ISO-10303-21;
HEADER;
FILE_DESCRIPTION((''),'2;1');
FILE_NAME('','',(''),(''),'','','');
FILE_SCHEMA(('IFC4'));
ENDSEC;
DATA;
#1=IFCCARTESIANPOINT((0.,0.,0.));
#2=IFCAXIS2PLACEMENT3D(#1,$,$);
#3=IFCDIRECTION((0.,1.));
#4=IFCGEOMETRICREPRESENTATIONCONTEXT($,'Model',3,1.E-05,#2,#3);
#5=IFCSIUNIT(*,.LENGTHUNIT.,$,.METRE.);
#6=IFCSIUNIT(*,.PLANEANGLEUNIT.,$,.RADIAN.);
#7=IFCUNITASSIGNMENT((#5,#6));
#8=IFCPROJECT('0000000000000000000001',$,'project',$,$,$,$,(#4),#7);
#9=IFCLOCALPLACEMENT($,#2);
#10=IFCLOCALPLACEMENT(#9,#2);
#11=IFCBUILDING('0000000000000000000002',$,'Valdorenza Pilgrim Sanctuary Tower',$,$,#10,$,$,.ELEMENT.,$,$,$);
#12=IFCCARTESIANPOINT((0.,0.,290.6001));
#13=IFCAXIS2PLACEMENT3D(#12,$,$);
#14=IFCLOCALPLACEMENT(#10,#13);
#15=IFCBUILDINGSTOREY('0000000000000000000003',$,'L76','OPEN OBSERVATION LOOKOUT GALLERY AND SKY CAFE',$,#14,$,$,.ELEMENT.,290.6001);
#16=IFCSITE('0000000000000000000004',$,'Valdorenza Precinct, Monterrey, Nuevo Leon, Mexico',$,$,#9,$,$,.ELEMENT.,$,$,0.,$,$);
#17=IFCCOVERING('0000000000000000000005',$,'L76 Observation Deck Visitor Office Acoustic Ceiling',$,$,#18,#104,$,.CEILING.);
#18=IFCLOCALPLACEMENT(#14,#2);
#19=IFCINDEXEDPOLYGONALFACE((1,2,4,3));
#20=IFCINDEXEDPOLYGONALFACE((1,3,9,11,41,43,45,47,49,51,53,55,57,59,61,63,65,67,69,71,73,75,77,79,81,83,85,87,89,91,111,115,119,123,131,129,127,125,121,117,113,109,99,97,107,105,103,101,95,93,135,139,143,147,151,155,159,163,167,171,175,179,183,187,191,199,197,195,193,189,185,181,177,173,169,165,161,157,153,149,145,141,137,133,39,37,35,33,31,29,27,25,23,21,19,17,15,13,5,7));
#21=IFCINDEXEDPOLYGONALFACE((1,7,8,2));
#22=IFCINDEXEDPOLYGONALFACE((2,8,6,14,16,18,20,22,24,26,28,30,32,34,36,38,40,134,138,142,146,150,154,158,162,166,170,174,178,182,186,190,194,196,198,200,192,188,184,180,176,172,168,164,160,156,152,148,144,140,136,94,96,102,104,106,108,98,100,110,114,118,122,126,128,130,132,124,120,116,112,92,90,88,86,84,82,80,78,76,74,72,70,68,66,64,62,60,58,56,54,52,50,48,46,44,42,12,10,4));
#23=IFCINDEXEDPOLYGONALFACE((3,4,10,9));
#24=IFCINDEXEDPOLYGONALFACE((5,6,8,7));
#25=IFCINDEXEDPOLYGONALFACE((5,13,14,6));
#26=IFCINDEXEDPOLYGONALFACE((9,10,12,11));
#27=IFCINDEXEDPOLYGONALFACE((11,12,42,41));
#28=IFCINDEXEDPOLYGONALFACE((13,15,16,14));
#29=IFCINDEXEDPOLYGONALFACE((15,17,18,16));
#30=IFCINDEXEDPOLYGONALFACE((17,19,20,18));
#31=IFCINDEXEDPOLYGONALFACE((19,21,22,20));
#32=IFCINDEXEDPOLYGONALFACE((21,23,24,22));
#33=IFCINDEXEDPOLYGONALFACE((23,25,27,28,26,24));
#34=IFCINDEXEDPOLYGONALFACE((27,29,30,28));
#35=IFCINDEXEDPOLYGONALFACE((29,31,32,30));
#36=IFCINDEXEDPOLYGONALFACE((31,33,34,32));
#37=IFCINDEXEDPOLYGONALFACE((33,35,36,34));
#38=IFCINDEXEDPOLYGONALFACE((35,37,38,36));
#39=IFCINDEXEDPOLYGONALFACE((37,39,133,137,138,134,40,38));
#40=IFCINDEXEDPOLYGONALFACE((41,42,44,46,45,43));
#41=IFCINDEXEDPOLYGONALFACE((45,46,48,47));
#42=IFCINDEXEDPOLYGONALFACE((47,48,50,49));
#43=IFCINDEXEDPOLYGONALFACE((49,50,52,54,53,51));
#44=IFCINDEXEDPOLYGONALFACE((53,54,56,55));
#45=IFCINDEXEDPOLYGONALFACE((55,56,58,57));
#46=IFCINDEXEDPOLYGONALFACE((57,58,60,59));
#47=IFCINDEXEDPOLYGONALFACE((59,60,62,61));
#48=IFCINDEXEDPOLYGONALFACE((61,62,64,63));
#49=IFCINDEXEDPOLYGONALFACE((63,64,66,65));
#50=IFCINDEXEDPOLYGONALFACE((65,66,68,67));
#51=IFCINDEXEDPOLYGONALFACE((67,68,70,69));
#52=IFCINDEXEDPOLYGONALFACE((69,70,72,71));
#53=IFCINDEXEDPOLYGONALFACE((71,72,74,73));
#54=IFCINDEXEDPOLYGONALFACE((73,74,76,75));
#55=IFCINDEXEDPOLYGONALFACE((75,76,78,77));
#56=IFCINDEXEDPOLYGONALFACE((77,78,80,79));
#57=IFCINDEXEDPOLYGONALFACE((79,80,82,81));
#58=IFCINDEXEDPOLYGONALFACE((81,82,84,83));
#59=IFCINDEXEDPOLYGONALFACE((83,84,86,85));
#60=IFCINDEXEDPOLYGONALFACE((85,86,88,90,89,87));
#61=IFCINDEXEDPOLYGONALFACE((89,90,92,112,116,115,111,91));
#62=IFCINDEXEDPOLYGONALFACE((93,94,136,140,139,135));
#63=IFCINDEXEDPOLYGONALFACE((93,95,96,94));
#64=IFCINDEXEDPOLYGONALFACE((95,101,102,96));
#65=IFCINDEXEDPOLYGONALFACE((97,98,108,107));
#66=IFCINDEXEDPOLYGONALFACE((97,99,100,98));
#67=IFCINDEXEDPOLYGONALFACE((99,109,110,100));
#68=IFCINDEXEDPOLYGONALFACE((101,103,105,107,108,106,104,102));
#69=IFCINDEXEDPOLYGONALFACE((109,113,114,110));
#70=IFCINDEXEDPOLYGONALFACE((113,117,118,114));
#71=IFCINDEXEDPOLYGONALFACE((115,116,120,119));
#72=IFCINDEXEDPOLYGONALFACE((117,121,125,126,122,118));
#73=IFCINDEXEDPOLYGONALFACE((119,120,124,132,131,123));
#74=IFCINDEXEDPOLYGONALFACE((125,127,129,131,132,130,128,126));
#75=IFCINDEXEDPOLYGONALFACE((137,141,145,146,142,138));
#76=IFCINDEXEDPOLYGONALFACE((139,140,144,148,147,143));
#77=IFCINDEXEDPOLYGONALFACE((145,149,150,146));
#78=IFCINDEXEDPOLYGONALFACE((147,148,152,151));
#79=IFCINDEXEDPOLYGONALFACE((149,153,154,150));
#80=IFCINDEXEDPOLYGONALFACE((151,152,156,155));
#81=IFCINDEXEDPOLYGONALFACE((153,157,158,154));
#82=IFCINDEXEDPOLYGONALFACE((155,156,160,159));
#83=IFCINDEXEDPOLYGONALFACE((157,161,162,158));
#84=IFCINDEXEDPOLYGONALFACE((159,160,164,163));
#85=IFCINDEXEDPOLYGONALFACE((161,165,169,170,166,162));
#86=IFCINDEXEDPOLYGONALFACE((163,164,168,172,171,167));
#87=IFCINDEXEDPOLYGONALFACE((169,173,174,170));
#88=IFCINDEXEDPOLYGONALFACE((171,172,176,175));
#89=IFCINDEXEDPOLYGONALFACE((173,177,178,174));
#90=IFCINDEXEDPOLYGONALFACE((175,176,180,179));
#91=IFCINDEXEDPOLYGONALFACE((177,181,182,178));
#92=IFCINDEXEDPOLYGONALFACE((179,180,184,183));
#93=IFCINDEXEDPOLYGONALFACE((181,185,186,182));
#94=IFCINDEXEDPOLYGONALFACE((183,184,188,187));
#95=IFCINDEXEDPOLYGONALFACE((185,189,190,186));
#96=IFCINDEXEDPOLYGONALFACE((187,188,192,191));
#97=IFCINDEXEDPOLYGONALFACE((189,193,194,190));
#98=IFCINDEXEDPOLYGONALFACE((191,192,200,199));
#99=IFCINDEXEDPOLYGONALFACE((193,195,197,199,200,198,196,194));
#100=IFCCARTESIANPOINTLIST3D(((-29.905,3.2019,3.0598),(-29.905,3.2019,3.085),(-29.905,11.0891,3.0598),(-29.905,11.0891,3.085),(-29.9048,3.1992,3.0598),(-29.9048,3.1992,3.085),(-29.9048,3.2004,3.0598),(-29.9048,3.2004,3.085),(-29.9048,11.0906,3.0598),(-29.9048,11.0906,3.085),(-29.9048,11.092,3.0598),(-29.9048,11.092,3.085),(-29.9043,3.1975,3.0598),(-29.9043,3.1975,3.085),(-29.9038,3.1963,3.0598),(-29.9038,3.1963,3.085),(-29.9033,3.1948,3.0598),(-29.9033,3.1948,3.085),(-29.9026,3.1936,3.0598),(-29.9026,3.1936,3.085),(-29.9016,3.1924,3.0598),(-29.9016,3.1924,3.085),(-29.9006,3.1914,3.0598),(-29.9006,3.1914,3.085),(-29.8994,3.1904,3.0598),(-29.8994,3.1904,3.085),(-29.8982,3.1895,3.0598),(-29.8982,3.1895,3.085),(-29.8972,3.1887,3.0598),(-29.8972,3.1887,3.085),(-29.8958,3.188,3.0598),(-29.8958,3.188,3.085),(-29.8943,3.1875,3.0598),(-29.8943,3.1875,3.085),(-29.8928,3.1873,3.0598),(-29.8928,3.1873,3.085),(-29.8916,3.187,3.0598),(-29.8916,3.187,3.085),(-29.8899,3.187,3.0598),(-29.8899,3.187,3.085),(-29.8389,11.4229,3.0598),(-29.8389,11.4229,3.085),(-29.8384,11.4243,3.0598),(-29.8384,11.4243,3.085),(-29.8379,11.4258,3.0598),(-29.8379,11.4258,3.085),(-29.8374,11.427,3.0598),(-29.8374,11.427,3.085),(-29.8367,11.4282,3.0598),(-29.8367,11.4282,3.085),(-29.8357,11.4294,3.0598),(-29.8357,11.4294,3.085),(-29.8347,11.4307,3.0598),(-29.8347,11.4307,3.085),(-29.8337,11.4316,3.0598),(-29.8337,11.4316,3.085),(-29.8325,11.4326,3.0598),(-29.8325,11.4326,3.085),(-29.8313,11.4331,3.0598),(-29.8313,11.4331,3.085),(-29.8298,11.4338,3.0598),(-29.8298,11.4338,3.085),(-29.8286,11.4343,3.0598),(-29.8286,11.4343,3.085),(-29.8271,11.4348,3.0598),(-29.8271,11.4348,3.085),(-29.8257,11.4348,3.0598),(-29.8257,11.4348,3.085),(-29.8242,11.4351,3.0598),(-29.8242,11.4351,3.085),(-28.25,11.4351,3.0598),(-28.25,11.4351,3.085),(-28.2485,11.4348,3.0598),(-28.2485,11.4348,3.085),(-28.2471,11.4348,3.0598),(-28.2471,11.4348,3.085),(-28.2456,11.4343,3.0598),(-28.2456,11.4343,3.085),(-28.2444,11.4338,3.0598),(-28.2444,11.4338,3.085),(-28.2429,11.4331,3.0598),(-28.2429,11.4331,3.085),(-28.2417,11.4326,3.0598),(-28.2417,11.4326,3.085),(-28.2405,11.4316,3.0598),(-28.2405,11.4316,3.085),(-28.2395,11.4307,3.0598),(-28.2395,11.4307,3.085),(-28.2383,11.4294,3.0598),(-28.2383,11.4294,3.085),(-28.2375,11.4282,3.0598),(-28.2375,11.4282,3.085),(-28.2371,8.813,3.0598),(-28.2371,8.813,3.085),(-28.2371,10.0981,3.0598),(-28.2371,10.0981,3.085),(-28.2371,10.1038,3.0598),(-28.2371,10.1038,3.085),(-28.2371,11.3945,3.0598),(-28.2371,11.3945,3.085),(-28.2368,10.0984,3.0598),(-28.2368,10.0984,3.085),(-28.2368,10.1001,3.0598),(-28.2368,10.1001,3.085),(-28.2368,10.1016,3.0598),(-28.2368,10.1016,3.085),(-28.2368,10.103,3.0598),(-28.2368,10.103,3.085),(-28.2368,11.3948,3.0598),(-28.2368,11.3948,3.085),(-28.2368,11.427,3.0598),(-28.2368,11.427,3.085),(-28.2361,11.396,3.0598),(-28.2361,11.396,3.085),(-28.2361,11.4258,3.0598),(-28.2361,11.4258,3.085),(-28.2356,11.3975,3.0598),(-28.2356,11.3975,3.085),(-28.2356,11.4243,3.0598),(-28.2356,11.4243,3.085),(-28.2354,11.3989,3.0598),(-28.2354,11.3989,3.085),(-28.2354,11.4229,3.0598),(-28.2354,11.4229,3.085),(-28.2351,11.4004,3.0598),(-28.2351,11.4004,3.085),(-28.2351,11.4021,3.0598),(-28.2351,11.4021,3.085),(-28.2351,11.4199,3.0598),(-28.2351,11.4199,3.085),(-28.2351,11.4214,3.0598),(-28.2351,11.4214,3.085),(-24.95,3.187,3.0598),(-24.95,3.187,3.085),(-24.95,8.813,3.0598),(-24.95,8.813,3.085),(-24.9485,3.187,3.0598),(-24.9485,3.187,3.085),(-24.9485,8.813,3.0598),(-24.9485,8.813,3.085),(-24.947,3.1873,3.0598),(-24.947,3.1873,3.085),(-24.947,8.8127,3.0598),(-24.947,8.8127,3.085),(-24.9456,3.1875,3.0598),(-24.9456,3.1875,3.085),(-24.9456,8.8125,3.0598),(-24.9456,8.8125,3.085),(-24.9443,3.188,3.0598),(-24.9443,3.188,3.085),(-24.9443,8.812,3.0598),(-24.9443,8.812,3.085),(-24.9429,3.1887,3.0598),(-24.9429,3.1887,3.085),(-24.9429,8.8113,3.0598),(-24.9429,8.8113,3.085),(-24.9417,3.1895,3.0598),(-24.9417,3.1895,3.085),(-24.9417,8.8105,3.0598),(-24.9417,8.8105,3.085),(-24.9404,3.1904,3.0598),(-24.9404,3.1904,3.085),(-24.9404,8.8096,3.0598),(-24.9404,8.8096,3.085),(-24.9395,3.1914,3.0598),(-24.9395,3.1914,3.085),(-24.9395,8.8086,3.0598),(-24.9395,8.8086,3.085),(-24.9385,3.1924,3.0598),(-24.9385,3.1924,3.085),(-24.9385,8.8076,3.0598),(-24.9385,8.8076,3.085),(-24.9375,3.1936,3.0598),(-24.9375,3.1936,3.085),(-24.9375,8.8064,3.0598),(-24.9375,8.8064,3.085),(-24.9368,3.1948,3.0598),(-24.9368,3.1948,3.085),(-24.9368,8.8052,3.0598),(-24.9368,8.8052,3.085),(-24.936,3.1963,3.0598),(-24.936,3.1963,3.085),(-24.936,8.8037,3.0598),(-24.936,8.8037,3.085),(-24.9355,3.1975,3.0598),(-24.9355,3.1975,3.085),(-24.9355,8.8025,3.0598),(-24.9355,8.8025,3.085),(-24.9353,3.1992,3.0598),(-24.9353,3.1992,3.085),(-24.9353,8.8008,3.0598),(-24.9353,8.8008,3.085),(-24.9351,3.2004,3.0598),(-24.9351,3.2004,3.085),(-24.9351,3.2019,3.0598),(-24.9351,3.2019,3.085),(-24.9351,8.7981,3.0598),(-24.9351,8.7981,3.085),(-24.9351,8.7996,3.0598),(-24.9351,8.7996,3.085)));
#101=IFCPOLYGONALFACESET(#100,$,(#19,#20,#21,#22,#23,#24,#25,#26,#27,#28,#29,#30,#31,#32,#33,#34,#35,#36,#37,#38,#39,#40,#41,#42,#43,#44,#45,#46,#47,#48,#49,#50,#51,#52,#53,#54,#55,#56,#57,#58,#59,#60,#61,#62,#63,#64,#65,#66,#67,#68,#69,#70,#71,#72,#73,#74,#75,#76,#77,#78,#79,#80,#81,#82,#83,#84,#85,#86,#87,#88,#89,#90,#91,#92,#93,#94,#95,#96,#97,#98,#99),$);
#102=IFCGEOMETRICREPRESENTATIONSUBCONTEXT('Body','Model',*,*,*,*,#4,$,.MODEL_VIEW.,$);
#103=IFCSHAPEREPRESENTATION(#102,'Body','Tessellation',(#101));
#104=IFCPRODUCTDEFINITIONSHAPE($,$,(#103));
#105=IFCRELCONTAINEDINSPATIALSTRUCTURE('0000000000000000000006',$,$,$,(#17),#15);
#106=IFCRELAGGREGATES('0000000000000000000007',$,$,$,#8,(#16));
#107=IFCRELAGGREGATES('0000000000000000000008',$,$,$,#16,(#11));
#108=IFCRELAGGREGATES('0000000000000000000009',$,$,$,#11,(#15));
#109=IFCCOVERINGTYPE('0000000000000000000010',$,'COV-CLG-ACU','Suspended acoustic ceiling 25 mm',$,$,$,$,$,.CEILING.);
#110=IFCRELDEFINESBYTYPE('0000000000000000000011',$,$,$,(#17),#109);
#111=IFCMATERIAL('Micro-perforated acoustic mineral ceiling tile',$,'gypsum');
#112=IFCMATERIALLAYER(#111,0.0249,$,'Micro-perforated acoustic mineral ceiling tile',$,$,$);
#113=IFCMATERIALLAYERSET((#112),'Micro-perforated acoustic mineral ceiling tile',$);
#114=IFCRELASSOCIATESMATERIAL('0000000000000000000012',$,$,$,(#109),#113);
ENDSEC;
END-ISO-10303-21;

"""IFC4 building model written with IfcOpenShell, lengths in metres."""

from ifc_helpers import new_model, si_unit, direction, frame, origin, place, context, subcontext, project, spatial, polyline, outline, extrude, material, layer, layer_set, type_object, element, save


model = new_model("IFC4")

# Units and contexts
model_context = context("Model", 3, precision=1e-05, world=origin(), true_north=direction((0.0, 1.0)))
body_context = subcontext(model_context, "Body", "Model", "MODEL_VIEW")
ifc_project = project(units=[si_unit("LENGTHUNIT", "METRE"), si_unit("PLANEANGLEUNIT", "RADIAN")], contexts=[model_context])

# Site, building, storey
site_placement = place(None, origin())
site = spatial("IfcSite", under=ifc_project, at=site_placement, Name="Valdorenza Precinct, Monterrey, Nuevo Leon, Mexico", CompositionType="ELEMENT", RefElevation=0.0)
building_placement = place(site_placement, origin())
building = spatial("IfcBuilding", under=site, at=building_placement, Name="Valdorenza Pilgrim Sanctuary Tower", CompositionType="ELEMENT")
storey_placement = place(building_placement, frame((0.0, 0.0, 290.6001)))
storey = spatial("IfcBuildingStorey", under=building, at=storey_placement, Name="L76", Description="OPEN OBSERVATION LOOKOUT GALLERY AND SKY CAFE", CompositionType="ELEMENT", Elevation=290.6001)

# Covering
ifc_material_1 = material(Name="Micro-perforated acoustic mineral ceiling tile", Category="gypsum")
ifc_layer_1 = layer(ifc_material_1, 0.0249, Name="Micro-perforated acoustic mineral ceiling tile")
ifc_layer_set_1 = layer_set([ifc_layer_1], Name="Micro-perforated acoustic mineral ceiling tile")
covering_type_1 = type_object("IfcCoveringType", Name="COV-CLG-ACU", Description="Suspended acoustic ceiling 25 mm", PredefinedType="CEILING", material=ifc_layer_set_1)
covering_1_placement = place(storey_placement, frame((0.0, 0.0, 3.0598)))
element("IfcCovering", 1, at=covering_1_placement, inside=storey, type_object=covering_type_1, Name="L76 Observation Deck Visitor Office Acoustic Ceiling", PredefinedType="CEILING", context=body_context, shape_type="SweptSolid", body=[
    extrude(outline(polyline([(-28.2371, 8.813), (-24.95, 8.813), (-24.9485, 8.813), (-24.947, 8.8127), (-24.9456, 8.8125), (-24.9443, 8.812), (-24.9429, 8.8113), (-24.9417, 8.8105), (-24.9404, 8.8096), (-24.9395, 8.8086), (-24.9385, 8.8076), (-24.9375, 8.8064), (-24.9368, 8.8052), (-24.936, 8.8037), (-24.9355, 8.8025), (-24.9353, 8.8008), (-24.9351, 8.7996), (-24.9351, 8.7981), (-24.9351, 3.2019), (-24.9351, 3.2004), (-24.9353, 3.1992), (-24.9355, 3.1975), (-24.936, 3.1963), (-24.9368, 3.1948), (-24.9375, 3.1936), (-24.9385, 3.1924), (-24.9395, 3.1914), (-24.9404, 3.1904), (-24.9417, 3.1895), (-24.9429, 3.1887), (-24.9443, 3.188), (-24.9456, 3.1875), (-24.947, 3.1873), (-24.9485, 3.187), (-24.95, 3.187), (-29.8899, 3.187), (-29.8916, 3.187), (-29.8928, 3.1873), (-29.8943, 3.1875), (-29.8958, 3.188), (-29.8972, 3.1887), (-29.8982, 3.1895), (-29.8994, 3.1904), (-29.9006, 3.1914), (-29.9016, 3.1924), (-29.9026, 3.1936), (-29.9033, 3.1948), (-29.9038, 3.1963), (-29.9043, 3.1975), (-29.9048, 3.1992), (-29.9048, 3.2004), (-29.905, 3.2019), (-29.905, 11.0891), (-29.9048, 11.0906), (-29.9048, 11.092), (-29.8389, 11.4229), (-29.8384, 11.4243), (-29.8379, 11.4258), (-29.8374, 11.427), (-29.8367, 11.4282), (-29.8357, 11.4294), (-29.8347, 11.4307), (-29.8337, 11.4316), (-29.8325, 11.4326), (-29.8313, 11.4331), (-29.8298, 11.4338), (-29.8286, 11.4343), (-29.8271, 11.4348), (-29.8257, 11.4348), (-29.8242, 11.4351), (-28.25, 11.4351), (-28.2485, 11.4348), (-28.2471, 11.4348), (-28.2456, 11.4343), (-28.2444, 11.4338), (-28.2429, 11.4331), (-28.2417, 11.4326), (-28.2405, 11.4316), (-28.2395, 11.4307), (-28.2383, 11.4294), (-28.2375, 11.4282), (-28.2368, 11.427), (-28.2361, 11.4258), (-28.2356, 11.4243), (-28.2354, 11.4229), (-28.2351, 11.4214), (-28.2351, 11.4199), (-28.2351, 11.4021), (-28.2351, 11.4004), (-28.2354, 11.3989), (-28.2356, 11.3975), (-28.2361, 11.396), (-28.2368, 11.3948), (-28.2371, 11.3945), (-28.2371, 10.1038), (-28.2368, 10.103), (-28.2368, 10.1016), (-28.2368, 10.1001), (-28.2368, 10.0984), (-28.2371, 10.0981), (-28.2371, 8.813)])), origin(), (0.0, 0.0, 1.0), 0.0251),
])

save(model, "model.ifc")
